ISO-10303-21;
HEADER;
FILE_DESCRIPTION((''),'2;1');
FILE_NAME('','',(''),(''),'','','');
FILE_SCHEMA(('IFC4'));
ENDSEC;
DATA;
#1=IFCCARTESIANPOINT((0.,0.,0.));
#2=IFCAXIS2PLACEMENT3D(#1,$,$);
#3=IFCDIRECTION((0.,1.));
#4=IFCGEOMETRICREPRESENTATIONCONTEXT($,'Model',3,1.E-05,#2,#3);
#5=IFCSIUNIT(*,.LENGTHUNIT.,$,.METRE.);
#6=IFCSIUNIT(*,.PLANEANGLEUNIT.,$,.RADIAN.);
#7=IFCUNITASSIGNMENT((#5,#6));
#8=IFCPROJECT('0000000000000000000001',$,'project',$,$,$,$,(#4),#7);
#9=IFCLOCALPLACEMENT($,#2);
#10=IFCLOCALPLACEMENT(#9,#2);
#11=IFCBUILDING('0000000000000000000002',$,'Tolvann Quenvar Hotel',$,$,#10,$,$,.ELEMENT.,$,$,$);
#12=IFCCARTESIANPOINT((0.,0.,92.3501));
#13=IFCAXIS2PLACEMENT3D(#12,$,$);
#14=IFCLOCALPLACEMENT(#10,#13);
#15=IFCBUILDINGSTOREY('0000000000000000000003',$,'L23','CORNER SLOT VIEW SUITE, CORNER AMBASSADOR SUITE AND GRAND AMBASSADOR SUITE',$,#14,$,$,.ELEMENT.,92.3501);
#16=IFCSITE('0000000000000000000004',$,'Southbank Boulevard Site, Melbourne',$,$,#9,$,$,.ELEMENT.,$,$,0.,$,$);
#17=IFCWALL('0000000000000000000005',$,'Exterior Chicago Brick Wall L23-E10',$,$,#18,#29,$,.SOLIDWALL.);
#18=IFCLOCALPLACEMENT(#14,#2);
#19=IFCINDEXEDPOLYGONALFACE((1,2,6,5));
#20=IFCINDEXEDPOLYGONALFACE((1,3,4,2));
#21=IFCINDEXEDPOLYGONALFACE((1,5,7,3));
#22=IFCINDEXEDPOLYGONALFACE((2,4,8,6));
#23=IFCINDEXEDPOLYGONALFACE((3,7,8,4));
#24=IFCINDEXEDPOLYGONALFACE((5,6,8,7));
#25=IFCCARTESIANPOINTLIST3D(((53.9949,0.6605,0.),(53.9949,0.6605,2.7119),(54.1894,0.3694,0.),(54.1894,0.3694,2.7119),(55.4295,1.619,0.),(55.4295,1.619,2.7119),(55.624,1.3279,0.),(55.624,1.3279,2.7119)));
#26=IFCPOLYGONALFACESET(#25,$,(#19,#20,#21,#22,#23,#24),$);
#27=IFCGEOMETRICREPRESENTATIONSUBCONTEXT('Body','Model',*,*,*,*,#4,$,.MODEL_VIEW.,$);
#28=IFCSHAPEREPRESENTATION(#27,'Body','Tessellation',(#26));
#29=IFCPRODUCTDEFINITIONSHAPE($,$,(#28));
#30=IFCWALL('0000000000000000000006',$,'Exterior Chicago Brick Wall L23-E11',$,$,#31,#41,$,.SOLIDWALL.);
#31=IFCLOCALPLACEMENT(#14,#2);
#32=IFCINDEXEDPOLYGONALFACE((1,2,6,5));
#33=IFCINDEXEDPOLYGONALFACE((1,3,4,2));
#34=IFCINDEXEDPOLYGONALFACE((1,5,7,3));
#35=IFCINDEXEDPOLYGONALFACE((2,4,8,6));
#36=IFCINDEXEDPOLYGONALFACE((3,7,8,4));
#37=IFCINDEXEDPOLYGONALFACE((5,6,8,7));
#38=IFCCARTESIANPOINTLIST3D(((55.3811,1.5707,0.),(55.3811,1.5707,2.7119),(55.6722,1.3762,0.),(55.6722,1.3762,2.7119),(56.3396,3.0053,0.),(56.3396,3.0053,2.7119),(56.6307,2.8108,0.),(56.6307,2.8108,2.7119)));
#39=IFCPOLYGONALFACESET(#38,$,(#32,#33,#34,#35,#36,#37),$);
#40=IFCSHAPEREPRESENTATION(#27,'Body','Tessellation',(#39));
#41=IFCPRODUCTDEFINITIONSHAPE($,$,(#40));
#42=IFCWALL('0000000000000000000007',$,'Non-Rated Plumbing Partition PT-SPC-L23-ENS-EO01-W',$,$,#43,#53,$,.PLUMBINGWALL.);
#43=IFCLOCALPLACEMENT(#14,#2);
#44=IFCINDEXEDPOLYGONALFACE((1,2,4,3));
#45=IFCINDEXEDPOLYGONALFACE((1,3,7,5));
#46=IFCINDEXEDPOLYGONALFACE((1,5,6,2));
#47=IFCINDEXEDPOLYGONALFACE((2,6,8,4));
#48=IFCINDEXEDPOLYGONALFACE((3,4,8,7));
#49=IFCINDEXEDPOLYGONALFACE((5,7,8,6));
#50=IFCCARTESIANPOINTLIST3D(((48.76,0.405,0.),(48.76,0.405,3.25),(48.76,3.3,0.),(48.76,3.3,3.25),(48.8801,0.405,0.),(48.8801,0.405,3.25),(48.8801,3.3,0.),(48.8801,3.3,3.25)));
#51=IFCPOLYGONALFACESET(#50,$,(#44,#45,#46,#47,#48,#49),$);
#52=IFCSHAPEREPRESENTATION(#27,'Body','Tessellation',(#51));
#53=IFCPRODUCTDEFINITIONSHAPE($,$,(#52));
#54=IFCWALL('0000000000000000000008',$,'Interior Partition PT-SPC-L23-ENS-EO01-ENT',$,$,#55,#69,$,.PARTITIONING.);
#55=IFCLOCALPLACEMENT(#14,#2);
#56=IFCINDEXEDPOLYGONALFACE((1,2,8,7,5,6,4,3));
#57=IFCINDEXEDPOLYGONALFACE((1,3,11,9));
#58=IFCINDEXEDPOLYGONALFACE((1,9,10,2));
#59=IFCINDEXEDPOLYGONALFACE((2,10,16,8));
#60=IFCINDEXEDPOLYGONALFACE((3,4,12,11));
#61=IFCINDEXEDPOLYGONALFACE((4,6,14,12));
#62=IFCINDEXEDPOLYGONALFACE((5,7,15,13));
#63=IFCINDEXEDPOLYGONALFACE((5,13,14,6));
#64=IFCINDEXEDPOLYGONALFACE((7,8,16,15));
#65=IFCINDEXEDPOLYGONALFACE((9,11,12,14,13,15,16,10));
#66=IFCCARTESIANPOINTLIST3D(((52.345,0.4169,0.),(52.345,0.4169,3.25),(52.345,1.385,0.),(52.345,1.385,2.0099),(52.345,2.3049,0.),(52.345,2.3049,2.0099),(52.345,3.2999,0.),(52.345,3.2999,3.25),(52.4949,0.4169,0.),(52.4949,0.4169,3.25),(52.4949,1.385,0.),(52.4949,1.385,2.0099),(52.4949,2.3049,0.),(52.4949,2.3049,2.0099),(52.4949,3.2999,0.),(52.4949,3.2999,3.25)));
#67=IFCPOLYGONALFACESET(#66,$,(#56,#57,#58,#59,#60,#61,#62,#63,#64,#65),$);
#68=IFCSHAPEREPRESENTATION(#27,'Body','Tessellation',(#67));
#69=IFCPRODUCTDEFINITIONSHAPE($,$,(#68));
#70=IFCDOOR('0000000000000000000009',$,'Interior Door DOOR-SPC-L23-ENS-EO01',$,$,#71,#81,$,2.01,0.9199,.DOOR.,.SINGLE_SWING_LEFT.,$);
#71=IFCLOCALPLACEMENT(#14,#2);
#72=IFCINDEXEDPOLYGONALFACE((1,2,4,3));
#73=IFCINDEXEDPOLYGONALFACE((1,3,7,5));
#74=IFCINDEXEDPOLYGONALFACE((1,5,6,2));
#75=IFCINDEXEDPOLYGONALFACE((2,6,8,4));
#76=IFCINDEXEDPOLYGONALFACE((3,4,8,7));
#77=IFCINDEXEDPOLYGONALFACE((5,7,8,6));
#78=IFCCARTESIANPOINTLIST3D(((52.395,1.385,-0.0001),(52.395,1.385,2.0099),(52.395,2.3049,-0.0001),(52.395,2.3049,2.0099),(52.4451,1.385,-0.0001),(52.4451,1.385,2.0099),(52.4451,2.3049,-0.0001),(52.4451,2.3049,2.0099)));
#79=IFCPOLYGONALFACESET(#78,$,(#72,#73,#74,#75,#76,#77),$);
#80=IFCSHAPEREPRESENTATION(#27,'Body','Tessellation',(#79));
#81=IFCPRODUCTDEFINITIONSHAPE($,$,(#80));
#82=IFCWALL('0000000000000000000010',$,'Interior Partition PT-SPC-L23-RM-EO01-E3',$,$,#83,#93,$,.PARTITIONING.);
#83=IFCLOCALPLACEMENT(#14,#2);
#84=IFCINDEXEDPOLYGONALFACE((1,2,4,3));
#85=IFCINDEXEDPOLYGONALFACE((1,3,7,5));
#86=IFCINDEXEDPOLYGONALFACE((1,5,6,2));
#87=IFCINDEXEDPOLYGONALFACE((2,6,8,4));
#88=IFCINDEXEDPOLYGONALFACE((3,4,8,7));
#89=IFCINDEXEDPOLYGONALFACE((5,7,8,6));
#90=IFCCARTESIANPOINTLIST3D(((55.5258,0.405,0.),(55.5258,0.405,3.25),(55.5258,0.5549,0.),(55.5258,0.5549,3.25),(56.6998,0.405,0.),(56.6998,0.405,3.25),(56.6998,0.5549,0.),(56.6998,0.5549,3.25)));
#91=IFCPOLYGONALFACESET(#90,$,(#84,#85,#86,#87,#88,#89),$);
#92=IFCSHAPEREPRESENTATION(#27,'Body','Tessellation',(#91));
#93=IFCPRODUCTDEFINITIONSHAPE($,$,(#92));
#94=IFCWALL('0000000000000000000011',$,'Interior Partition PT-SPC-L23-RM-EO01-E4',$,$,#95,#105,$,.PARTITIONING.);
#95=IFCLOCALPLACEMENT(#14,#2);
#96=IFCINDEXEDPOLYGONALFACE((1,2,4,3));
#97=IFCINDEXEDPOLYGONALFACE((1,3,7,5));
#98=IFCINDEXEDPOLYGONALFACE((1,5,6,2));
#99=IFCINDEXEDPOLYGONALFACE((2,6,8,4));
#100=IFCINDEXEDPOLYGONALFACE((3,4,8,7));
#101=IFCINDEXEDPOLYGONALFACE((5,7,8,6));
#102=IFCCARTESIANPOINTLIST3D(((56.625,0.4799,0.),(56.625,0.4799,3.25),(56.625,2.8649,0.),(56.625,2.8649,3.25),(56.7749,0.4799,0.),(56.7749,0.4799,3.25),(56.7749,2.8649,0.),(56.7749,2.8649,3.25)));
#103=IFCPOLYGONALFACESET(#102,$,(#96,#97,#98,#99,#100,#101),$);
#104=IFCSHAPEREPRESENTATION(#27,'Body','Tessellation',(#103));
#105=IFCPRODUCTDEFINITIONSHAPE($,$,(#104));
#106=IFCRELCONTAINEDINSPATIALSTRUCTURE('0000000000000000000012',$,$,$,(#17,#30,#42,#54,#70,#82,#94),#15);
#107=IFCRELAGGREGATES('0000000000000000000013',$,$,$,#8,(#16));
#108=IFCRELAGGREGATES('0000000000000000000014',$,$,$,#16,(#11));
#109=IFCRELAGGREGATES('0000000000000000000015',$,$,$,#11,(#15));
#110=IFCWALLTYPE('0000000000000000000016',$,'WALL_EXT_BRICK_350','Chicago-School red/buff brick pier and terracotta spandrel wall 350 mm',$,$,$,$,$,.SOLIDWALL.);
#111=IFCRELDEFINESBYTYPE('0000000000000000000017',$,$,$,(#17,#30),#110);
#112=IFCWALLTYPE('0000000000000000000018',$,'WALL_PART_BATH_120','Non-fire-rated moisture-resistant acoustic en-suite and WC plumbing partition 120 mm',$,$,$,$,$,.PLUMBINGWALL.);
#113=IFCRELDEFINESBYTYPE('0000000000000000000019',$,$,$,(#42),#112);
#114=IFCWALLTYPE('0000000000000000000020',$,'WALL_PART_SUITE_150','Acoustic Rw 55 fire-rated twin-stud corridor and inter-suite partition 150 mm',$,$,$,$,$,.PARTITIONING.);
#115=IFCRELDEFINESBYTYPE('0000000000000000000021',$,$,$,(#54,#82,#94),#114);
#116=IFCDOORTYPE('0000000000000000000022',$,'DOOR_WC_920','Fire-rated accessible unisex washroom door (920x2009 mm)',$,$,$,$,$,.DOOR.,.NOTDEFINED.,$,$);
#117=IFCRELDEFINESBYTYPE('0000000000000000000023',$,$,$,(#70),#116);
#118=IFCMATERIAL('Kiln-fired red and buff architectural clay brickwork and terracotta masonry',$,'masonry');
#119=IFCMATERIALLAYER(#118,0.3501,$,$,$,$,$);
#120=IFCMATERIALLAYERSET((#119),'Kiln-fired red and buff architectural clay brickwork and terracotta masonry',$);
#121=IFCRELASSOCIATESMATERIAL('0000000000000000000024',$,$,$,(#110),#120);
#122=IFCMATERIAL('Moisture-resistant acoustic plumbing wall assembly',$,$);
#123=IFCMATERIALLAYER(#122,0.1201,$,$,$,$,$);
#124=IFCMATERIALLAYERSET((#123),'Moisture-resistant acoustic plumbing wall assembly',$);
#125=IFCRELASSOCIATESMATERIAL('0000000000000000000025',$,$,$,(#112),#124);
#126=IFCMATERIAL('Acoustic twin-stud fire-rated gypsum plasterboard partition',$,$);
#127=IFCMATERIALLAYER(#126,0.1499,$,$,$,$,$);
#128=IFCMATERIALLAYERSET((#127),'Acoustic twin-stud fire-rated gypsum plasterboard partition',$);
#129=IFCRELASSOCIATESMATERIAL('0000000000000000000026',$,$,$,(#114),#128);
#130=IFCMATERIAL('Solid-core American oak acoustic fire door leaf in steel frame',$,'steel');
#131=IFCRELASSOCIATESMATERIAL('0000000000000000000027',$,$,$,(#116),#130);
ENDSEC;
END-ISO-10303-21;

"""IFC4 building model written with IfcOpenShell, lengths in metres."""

from ifc_helpers import new_model, si_unit, direction, frame, frame_2d, origin, place, context, subcontext, project, spatial, rectangle, extrude, source, transform, mapped, material, layer, layer_set, type_object, type_shapes, element, fill, save


model = new_model("IFC4")

# Units and contexts
model_context = context("Model", 3, precision=1e-05, world=origin(), true_north=direction((0.0, 1.0)))
body_context = subcontext(model_context, "Body", "Model", "MODEL_VIEW")
ifc_project = project(units=[si_unit("LENGTHUNIT", "METRE"), si_unit("PLANEANGLEUNIT", "RADIAN")], contexts=[model_context])

# Site, building, storey
site_placement = place(None, origin())
site = spatial("IfcSite", under=ifc_project, at=site_placement, Name="Southbank Boulevard Site, Melbourne", CompositionType="ELEMENT", RefElevation=0.0)
building_placement = place(site_placement, origin())
building = spatial("IfcBuilding", under=site, at=building_placement, Name="Tolvann Quenvar Hotel", CompositionType="ELEMENT")
storey_placement = place(building_placement, frame((0.0, 0.0, 92.3501)))
storey = spatial("IfcBuildingStorey", under=building, at=storey_placement, Name="L23", Description="CORNER SLOT VIEW SUITE, CORNER AMBASSADOR SUITE AND GRAND AMBASSADOR SUITE", CompositionType="ELEMENT", Elevation=92.3501)

# Walls
ifc_material_1 = material(Name="Kiln-fired red and buff architectural clay brickwork and terracotta masonry", Category="masonry")
ifc_layer_1 = layer(ifc_material_1, 0.3501)
ifc_layer_set_1 = layer_set([ifc_layer_1], Name="Kiln-fired red and buff architectural clay brickwork and terracotta masonry")
wall_type_1 = type_object("IfcWallType", Name="WALL_EXT_BRICK_350", Description="Chicago-School red/buff brick pier and terracotta spandrel wall 350 mm", PredefinedType="SOLIDWALL", material=ifc_layer_set_1)
for number, where, z_axis, x_axis, name in (
    (1, (54.092, 0.5149, 0.0), (0.0, 0.0, 1.0), (0.831484, 0.555549, 0.0), "Exterior Chicago Brick Wall L23-E10"),
    (2, (55.5266, 1.4734, 0.0), (0.0, 0.0, 1.0), (0.555549, 0.831484, 0.0), "Exterior Chicago Brick Wall L23-E11"),
):
    element("IfcWall", number, at=place(storey_placement, frame(where, z_axis=z_axis, x_axis=x_axis)), inside=storey, type_object=wall_type_1, Name=name, PredefinedType="SOLIDWALL", context=body_context, shape_type="SweptSolid", body=[
        extrude(rectangle(XDim=1.7253, YDim=0.3501, at=frame_2d((0.8628, 0.0))), origin(), (0.0, 0.0, 1.0), 2.7119),
    ])
ifc_material_2 = material(Name="Moisture-resistant acoustic plumbing wall assembly")
ifc_layer_2 = layer(ifc_material_2, 0.1201)
ifc_layer_set_2 = layer_set([ifc_layer_2], Name="Moisture-resistant acoustic plumbing wall assembly")
wall_type_2 = type_object("IfcWallType", Name="WALL_PART_BATH_120", Description="Non-fire-rated moisture-resistant acoustic en-suite and WC plumbing partition 120 mm", PredefinedType="PLUMBINGWALL", material=ifc_layer_set_2)
wall_1_placement = place(storey_placement, frame((48.8201, 0.405, 0.0), z_axis=(0.0, 0.0, 1.0), x_axis=(0.0, 1.0, 0.0)))
element("IfcWall", 3, at=wall_1_placement, inside=storey, type_object=wall_type_2, Name="Non-Rated Plumbing Partition PT-SPC-L23-ENS-EO01-W", PredefinedType="PLUMBINGWALL", context=body_context, shape_type="SweptSolid", body=[
    extrude(rectangle(XDim=2.895, YDim=0.1201, at=frame_2d((1.4475, 0.0))), origin(), (0.0, 0.0, 1.0), 3.25),
])

# Wall, opening, door
ifc_material_3 = material(Name="Acoustic twin-stud fire-rated gypsum plasterboard partition")
ifc_layer_3 = layer(ifc_material_3, 0.1499)
ifc_layer_set_3 = layer_set([ifc_layer_3], Name="Acoustic twin-stud fire-rated gypsum plasterboard partition")
wall_type_3 = type_object("IfcWallType", Name="WALL_PART_SUITE_150", Description="Acoustic Rw 55 fire-rated twin-stud corridor and inter-suite partition 150 mm", PredefinedType="PARTITIONING", material=ifc_layer_set_3)
wall_2_placement = place(storey_placement, frame((52.4199, 0.417, 0.0), z_axis=(0.0, 0.0, 1.0), x_axis=(0.0, 1.0, 0.0)))
wall_2 = element("IfcWall", 4, at=wall_2_placement, inside=storey, type_object=wall_type_3, Name="Interior Partition PT-SPC-L23-ENS-EO01-ENT", PredefinedType="PARTITIONING", context=body_context, shape_type="SweptSolid", body=[
    extrude(rectangle(XDim=2.8831, YDim=0.1499, at=frame_2d((1.4414, 0.0))), origin(), (0.0, 0.0, 1.0), 3.25),
])
opening_placement = place(wall_2_placement, frame((0.968, 0.0, 0.0)))
opening = element("IfcOpeningElement", 5, at=opening_placement, cuts=wall_2, PredefinedType="OPENING", context=body_context, shape_type="SweptSolid", body=[
    extrude(rectangle(XDim=0.9199, YDim=2.01, at=frame_2d((0.46, 1.0049))), frame((0.0, 0.085, 0.0), z_axis=(0.0, -1.0, 0.0), x_axis=(1.0, 0.0, 0.0)), (0.0, 0.0, 1.0), 0.1699),
])
ifc_material_4 = material(Name="Solid-core American oak acoustic fire door leaf in steel frame", Category="steel")
door_type = type_object("IfcDoorType", Name="DOOR_WC_920", Description="Fire-rated accessible unisex washroom door (920x2009 mm)", OperationType="NOTDEFINED", PredefinedType="DOOR", material=ifc_material_4)
shared_shape_1 = source(origin(), body_context, "Body", "SweptSolid", [
    extrude(rectangle(XDim=0.9199, YDim=2.01, at=frame_2d((0.46, 1.0049))), frame((0.0, 0.0249, 0.0), z_axis=(0.0, -1.0, 0.0), x_axis=(1.0, 0.0, 0.0)), (0.0, 0.0, 1.0), 0.05),
])
type_shapes(door_type, [shared_shape_1])
door_placement = place(opening_placement, origin())
door = element("IfcDoor", 6, at=door_placement, inside=storey, type_object=door_type, Name="Interior Door DOOR-SPC-L23-ENS-EO01", OperationType="SINGLE_SWING_LEFT", OverallHeight=2.01, OverallWidth=0.9199, PredefinedType="DOOR", context=body_context, shape_type="MappedRepresentation", body=[
    mapped(shared_shape_1, transform((0.0, 0.0, 0.0), x_axis=(1.0, 0.0, 0.0), y_axis=(0.0, 1.0, 0.0), z_axis=(0.0, 0.0, 1.0), scale=1.0)),
])
fill(opening, door)

# Walls
wall_3_placement = place(storey_placement, frame((55.5259, 0.48, 0.0), z_axis=(0.0, 0.0, 1.0), x_axis=(1.0, 0.0, 0.0)))
element("IfcWall", 7, at=wall_3_placement, inside=storey, type_object=wall_type_3, Name="Interior Partition PT-SPC-L23-RM-EO01-E3", PredefinedType="PARTITIONING", context=body_context, shape_type="SweptSolid", body=[
    extrude(rectangle(XDim=1.1741, YDim=0.1499, at=frame_2d((0.5869, 0.0))), origin(), (0.0, 0.0, 1.0), 3.25),
])
wall_4_placement = place(storey_placement, frame((56.7, 0.48, 0.0), z_axis=(0.0, 0.0, 1.0), x_axis=(0.0, 1.0, 0.0)))
element("IfcWall", 8, at=wall_4_placement, inside=storey, type_object=wall_type_3, Name="Interior Partition PT-SPC-L23-RM-EO01-E4", PredefinedType="PARTITIONING", context=body_context, shape_type="SweptSolid", body=[
    extrude(rectangle(XDim=2.385, YDim=0.1499, at=frame_2d((1.1924, 0.0))), origin(), (0.0, 0.0, 1.0), 3.25),
])

save(model, "model.ifc")
